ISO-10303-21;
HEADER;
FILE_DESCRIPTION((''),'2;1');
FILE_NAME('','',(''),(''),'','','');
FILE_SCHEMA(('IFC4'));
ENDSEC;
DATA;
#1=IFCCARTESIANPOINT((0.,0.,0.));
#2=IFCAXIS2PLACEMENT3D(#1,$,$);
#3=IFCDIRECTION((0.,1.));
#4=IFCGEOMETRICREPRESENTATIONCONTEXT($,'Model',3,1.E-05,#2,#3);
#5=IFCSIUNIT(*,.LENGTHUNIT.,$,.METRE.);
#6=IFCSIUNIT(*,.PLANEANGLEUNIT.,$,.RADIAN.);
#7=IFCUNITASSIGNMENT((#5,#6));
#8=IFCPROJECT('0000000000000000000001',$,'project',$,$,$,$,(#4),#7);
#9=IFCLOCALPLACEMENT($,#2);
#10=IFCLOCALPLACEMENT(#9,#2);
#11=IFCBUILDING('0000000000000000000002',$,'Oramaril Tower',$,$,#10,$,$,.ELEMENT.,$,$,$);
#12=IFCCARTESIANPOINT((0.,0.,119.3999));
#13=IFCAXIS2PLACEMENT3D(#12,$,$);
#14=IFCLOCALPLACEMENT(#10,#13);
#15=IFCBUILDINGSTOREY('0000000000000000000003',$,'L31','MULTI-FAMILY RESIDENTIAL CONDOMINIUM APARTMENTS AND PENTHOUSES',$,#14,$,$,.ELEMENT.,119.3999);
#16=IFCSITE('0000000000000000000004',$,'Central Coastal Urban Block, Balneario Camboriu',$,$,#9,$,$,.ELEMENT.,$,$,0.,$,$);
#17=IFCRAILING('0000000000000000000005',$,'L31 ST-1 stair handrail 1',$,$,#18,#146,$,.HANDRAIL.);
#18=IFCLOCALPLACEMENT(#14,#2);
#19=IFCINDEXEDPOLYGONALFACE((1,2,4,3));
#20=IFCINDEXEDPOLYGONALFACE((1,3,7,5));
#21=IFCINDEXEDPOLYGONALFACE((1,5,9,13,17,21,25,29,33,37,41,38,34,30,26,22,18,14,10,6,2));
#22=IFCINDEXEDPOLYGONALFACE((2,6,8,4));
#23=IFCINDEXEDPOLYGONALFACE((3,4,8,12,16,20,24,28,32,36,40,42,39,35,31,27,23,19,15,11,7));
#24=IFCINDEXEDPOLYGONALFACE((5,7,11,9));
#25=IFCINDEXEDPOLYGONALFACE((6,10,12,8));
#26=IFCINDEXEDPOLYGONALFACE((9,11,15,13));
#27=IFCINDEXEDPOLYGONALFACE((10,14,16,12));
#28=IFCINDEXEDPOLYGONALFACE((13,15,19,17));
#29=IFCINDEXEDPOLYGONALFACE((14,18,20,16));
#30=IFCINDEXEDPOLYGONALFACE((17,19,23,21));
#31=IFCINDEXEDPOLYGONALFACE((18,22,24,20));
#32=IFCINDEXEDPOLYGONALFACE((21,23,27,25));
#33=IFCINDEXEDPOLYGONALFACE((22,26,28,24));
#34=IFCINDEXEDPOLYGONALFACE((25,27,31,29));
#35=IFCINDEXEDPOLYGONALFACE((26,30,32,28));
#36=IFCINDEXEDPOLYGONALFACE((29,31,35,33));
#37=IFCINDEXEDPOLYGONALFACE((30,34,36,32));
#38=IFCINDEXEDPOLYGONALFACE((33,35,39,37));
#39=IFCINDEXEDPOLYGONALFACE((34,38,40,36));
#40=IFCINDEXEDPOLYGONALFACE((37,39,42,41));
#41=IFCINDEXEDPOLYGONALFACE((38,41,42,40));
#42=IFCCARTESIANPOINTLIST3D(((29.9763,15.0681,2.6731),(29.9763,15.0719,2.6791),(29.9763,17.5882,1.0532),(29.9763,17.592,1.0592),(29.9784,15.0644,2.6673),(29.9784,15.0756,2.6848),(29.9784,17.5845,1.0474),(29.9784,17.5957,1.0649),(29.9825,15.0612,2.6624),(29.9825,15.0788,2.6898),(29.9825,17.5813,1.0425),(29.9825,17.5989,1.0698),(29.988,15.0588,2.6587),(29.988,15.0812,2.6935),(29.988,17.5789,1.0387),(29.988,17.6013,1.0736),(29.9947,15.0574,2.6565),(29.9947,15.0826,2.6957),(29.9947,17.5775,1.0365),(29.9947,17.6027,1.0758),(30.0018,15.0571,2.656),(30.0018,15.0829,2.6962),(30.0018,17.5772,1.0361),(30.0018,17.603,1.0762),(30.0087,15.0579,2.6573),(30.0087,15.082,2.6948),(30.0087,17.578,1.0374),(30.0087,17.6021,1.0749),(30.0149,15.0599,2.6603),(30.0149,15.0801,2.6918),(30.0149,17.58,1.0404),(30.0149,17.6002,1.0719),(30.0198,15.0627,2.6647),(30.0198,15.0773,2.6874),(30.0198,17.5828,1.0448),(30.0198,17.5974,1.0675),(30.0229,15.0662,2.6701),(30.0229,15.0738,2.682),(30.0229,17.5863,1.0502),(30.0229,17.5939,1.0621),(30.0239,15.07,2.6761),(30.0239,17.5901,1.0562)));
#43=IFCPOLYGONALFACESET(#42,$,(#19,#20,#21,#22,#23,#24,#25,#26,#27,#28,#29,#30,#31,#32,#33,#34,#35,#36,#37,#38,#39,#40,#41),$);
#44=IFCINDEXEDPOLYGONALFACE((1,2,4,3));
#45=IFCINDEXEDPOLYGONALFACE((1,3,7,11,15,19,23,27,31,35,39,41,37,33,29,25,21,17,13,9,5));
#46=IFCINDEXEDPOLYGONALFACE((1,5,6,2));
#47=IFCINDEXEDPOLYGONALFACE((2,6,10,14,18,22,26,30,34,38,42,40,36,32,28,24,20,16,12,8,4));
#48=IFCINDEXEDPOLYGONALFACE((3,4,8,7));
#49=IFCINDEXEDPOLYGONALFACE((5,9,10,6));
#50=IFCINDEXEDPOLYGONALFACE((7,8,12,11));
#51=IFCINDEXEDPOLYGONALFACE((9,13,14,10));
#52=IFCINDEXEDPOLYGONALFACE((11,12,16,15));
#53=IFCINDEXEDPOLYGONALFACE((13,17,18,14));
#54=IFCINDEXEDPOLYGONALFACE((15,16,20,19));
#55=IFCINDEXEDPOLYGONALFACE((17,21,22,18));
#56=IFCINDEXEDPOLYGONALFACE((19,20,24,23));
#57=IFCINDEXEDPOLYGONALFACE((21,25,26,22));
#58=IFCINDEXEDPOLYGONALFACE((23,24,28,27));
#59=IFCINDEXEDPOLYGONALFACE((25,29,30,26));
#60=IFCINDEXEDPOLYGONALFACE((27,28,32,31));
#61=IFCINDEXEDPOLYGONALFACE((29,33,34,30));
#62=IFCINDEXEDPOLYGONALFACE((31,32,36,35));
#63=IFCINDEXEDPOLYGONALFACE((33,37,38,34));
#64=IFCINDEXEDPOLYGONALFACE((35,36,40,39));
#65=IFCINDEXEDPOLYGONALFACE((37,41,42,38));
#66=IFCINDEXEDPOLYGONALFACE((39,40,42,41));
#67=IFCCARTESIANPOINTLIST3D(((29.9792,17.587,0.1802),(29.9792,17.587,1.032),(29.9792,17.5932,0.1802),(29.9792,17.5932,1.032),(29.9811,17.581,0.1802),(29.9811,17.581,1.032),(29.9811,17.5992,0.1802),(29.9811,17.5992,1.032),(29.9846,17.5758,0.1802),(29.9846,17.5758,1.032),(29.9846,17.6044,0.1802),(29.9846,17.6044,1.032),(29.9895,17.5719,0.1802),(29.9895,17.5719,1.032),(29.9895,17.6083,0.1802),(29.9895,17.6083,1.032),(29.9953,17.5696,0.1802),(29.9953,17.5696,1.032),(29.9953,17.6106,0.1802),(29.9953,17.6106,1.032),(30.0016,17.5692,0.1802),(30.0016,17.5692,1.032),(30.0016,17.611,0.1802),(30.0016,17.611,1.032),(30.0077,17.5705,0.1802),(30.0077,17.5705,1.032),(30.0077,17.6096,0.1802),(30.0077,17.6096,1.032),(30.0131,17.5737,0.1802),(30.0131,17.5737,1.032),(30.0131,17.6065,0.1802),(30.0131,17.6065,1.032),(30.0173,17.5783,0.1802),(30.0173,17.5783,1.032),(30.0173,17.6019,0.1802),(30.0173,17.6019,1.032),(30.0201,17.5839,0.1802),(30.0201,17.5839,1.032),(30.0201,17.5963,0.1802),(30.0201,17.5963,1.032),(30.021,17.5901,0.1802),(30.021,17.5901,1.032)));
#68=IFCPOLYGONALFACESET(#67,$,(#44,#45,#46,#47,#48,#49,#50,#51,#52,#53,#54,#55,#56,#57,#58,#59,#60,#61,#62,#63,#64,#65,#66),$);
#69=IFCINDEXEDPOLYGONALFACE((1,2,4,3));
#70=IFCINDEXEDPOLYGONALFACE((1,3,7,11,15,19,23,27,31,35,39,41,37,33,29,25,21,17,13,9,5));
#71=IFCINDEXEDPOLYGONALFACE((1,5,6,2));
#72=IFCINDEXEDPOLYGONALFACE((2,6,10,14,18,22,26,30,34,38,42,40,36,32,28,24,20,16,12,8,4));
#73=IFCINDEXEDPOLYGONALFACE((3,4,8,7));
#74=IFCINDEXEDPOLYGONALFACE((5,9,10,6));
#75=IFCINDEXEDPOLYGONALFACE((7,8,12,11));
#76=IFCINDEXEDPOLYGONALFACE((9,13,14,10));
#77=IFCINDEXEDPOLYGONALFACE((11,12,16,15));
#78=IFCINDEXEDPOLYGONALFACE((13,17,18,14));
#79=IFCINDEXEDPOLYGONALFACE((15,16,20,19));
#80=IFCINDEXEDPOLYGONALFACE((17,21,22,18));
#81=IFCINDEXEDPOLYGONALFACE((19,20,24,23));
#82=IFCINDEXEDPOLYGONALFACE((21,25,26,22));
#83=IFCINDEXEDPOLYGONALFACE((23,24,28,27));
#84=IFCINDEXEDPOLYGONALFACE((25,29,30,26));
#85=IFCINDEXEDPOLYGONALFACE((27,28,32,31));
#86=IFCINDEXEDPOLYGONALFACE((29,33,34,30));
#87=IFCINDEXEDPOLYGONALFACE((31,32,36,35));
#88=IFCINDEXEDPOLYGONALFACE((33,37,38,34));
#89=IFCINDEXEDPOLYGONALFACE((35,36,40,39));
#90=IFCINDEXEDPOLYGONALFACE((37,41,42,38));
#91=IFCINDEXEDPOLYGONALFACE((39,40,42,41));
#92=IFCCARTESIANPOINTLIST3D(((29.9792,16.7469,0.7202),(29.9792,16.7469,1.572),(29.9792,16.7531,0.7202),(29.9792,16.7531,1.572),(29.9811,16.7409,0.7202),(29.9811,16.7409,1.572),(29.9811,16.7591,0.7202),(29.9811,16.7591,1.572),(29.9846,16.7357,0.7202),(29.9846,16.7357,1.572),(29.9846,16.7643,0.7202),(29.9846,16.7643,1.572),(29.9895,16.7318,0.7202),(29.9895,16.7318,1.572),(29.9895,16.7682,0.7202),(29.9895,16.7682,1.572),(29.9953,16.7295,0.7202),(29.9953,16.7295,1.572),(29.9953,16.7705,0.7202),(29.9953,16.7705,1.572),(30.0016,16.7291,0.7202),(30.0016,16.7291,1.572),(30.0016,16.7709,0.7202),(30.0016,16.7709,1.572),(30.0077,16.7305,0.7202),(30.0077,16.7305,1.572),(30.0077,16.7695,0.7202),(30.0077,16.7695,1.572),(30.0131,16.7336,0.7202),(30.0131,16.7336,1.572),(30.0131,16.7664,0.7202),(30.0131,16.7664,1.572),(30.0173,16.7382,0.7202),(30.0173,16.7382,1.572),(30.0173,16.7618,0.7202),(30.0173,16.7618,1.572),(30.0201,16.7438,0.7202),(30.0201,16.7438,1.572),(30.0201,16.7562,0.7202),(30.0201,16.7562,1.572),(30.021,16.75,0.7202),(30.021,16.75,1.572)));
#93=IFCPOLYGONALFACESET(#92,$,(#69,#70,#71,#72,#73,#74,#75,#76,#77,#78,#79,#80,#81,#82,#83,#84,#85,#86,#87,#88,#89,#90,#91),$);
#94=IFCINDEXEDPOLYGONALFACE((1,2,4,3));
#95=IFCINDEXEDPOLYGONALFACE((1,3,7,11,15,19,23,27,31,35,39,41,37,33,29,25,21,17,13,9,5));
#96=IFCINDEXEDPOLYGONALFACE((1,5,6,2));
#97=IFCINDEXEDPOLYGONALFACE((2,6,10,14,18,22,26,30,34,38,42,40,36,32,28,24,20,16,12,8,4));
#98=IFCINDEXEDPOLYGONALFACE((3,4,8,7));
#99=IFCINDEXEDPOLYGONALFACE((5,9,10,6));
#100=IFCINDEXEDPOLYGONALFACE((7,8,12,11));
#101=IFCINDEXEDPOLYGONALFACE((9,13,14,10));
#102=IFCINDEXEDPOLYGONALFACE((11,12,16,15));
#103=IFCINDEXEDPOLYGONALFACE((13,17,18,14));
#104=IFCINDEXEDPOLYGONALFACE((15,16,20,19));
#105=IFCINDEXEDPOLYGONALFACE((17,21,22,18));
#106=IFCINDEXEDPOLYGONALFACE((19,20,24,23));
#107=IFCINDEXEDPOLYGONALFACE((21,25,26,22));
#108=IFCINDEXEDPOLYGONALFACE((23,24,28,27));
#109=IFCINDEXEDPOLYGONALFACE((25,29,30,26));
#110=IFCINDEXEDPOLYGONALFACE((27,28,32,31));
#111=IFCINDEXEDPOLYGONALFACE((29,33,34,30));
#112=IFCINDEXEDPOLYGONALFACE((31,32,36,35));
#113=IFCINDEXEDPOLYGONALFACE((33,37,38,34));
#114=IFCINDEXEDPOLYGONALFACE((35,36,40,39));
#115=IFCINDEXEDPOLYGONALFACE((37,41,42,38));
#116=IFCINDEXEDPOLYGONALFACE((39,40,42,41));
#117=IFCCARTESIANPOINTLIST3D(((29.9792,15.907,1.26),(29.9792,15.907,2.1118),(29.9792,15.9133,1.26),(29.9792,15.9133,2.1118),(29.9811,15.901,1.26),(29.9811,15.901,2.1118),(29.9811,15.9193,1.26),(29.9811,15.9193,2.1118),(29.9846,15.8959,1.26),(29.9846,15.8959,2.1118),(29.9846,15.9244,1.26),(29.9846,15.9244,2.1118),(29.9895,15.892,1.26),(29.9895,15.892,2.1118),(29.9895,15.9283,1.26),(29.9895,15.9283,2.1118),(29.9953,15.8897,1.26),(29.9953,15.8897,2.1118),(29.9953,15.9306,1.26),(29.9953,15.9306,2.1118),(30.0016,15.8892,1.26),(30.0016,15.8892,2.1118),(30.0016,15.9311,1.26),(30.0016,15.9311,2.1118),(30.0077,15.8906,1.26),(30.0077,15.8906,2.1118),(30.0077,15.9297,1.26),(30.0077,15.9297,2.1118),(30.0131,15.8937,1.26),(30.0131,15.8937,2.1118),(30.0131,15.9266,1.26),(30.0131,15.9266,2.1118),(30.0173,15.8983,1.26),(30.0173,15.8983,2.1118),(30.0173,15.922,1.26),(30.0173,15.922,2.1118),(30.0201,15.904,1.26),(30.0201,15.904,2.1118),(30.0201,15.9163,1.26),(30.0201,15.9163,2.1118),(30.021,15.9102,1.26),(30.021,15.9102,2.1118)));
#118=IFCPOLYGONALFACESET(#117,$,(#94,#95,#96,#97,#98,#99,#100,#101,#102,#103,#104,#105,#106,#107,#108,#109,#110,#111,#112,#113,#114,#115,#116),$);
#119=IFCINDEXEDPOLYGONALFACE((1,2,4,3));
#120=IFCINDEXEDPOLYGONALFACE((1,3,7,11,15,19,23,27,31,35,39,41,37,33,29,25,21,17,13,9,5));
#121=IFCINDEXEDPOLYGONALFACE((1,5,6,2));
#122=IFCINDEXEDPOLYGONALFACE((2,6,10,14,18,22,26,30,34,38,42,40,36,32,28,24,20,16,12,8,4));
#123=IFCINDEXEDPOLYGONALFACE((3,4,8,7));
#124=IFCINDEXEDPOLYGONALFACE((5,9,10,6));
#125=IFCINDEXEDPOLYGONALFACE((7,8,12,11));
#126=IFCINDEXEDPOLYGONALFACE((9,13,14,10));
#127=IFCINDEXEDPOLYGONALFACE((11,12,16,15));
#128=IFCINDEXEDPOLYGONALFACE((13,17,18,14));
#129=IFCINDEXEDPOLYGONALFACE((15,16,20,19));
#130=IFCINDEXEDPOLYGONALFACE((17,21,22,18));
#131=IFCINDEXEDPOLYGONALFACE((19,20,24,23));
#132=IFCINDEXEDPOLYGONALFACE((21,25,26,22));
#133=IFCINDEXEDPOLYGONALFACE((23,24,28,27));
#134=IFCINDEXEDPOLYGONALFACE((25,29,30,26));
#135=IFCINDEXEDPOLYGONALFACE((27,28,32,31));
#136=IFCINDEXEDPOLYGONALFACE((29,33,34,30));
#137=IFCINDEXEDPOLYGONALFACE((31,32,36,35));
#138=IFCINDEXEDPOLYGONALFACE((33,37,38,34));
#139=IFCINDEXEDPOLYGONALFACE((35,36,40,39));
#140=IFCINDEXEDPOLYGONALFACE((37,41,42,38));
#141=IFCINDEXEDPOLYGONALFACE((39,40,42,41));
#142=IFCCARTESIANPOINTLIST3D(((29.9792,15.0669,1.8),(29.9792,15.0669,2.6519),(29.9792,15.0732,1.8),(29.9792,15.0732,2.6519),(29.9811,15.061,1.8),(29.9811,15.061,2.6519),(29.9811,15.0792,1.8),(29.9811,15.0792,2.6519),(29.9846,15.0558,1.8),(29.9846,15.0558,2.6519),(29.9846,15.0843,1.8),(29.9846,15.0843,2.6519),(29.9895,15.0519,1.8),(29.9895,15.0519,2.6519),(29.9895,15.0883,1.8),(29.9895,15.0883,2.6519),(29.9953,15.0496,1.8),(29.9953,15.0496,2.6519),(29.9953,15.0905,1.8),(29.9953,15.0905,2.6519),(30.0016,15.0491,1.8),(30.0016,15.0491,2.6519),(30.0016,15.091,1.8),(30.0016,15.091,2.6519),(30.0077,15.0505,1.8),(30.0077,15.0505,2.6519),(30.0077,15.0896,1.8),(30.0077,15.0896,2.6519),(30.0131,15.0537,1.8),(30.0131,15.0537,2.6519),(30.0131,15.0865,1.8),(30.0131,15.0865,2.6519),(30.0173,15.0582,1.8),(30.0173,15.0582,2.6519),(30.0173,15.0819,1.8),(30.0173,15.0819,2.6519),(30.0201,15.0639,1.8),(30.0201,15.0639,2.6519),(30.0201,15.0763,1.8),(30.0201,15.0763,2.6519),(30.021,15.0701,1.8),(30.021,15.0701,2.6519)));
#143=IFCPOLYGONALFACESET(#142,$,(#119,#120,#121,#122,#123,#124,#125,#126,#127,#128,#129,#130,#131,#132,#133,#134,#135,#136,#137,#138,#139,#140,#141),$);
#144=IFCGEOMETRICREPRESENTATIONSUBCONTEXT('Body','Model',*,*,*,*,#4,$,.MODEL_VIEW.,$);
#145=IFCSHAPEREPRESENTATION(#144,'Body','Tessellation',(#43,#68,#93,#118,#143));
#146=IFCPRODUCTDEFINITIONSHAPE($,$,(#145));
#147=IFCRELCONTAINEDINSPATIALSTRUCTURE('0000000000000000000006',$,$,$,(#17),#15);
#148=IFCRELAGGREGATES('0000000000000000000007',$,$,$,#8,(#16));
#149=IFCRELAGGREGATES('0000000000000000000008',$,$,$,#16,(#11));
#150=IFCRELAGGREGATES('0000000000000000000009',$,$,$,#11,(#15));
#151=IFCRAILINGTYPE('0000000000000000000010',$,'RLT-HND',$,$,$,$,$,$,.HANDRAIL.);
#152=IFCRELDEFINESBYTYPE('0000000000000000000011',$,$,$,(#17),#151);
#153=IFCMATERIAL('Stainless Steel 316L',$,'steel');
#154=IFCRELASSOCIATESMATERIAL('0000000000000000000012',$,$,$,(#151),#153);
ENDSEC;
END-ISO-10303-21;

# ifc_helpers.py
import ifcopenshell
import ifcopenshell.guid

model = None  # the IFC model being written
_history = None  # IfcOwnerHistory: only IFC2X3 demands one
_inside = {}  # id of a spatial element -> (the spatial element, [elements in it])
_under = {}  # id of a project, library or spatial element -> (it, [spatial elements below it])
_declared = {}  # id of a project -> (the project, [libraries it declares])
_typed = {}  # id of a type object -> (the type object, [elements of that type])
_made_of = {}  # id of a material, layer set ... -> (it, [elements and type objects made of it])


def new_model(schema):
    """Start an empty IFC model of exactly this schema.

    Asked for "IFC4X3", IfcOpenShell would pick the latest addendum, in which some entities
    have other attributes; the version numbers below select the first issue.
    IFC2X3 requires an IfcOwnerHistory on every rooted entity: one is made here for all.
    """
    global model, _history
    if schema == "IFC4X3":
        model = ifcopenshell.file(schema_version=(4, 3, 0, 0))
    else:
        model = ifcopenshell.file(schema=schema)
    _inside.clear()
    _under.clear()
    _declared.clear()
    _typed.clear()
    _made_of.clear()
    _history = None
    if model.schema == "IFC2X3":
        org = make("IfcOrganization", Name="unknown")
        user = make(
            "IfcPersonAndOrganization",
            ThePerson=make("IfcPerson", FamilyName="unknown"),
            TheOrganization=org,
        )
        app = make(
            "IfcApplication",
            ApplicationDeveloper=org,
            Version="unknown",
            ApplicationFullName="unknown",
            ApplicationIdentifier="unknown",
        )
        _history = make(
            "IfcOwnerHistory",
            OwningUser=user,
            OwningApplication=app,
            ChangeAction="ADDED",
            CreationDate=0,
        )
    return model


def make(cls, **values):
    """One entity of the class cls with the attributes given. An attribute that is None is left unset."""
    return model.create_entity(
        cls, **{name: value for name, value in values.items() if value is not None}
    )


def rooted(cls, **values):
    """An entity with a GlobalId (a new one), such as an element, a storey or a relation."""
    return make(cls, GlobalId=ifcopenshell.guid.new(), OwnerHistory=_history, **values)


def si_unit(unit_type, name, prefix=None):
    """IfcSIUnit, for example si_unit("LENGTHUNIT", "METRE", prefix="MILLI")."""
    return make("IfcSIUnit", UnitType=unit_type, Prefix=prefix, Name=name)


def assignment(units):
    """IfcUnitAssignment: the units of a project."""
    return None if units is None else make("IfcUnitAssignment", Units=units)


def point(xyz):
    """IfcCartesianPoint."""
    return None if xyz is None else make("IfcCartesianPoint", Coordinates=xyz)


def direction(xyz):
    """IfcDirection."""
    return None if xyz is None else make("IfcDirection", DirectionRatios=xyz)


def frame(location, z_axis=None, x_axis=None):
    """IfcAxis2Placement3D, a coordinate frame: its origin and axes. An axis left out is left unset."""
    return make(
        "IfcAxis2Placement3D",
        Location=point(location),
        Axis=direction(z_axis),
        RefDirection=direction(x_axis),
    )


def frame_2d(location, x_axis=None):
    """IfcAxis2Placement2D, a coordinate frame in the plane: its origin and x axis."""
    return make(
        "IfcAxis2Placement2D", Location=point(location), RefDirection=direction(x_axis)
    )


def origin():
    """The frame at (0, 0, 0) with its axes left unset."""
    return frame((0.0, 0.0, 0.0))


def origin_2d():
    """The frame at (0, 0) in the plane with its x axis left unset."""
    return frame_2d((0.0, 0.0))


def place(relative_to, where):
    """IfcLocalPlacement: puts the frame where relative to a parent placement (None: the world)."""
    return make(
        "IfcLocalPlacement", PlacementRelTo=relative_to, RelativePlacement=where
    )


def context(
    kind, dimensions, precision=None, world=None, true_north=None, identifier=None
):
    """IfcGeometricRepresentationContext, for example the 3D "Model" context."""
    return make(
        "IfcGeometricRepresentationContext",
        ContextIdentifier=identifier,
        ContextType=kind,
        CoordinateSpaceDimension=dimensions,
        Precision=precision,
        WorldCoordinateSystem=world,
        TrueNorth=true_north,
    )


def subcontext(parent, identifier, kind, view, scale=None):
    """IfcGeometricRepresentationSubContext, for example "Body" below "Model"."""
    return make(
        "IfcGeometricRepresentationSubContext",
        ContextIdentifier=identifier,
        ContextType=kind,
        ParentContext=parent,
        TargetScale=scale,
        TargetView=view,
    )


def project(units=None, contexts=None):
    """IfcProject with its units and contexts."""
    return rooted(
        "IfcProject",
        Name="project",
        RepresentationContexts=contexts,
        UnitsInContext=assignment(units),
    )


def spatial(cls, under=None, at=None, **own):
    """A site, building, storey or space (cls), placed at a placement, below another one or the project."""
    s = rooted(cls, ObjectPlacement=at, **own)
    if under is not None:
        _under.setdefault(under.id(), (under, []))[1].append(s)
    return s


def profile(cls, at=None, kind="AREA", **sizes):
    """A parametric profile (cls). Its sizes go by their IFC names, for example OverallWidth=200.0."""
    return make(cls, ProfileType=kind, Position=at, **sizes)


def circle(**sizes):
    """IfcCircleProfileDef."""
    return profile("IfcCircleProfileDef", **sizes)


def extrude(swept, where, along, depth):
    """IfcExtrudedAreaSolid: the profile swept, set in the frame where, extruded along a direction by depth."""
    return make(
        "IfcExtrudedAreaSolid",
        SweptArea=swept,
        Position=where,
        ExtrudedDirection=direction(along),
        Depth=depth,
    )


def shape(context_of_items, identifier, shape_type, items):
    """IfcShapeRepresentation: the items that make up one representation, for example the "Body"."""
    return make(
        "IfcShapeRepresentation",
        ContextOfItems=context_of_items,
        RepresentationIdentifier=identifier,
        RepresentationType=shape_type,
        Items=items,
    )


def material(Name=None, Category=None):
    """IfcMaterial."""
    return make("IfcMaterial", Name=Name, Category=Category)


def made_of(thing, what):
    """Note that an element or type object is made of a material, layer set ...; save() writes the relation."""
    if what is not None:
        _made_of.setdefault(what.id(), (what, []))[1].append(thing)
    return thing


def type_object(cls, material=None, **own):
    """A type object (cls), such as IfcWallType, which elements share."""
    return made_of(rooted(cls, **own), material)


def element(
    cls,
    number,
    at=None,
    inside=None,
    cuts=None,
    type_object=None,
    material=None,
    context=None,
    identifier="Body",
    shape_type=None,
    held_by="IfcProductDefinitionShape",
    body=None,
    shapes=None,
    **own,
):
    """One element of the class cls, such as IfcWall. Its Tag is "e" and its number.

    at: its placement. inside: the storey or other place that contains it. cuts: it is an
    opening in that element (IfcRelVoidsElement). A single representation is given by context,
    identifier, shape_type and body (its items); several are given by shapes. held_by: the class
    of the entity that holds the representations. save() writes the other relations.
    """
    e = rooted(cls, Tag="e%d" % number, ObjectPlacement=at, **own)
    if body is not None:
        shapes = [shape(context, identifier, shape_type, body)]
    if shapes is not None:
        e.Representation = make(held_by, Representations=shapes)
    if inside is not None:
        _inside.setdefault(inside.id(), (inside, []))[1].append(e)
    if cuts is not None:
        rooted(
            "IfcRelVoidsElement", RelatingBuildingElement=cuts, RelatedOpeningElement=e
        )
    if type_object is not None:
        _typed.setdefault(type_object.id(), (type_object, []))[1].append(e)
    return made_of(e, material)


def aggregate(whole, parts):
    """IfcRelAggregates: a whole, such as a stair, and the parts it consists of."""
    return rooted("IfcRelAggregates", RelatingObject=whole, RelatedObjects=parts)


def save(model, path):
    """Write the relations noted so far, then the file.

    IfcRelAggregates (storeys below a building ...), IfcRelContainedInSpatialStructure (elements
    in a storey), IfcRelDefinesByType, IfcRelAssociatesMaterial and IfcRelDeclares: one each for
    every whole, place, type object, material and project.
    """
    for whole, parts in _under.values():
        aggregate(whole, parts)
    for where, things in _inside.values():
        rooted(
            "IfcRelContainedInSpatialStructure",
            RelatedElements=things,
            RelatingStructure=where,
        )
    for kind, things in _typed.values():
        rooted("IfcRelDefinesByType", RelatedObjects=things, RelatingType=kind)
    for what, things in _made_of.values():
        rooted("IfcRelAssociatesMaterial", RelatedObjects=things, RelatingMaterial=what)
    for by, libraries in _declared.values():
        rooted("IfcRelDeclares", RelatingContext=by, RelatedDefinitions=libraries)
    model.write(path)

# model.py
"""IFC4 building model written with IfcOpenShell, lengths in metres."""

from ifc_helpers import new_model, si_unit, direction, frame, origin, origin_2d, place, context, subcontext, project, spatial, circle, extrude, material, type_object, element, save


model = new_model("IFC4")

# Units and contexts
model_context = context("Model", 3, precision=1e-05, world=origin(), true_north=direction((0.0, 1.0)))
body_context = subcontext(model_context, "Body", "Model", "MODEL_VIEW")
ifc_project = project(units=[si_unit("LENGTHUNIT", "METRE"), si_unit("PLANEANGLEUNIT", "RADIAN")], contexts=[model_context])

# Site, building, storey
site_placement = place(None, origin())
site = spatial("IfcSite", under=ifc_project, at=site_placement, Name="Central Coastal Urban Block, Balneario Camboriu", CompositionType="ELEMENT", RefElevation=0.0)
building_placement = place(site_placement, origin())
building = spatial("IfcBuilding", under=site, at=building_placement, Name="Oramaril Tower", CompositionType="ELEMENT")
storey_placement = place(building_placement, frame((0.0, 0.0, 119.3999)))
storey = spatial("IfcBuildingStorey", under=building, at=storey_placement, Name="L31", Description="MULTI-FAMILY RESIDENTIAL CONDOMINIUM APARTMENTS AND PENTHOUSES", CompositionType="ELEMENT", Elevation=119.3999)

# Railing
ifc_material_1 = material(Name="Stainless Steel 316L", Category="steel")
railing_type_1 = type_object("IfcRailingType", Name="RLT-HND", PredefinedType="HANDRAIL", material=ifc_material_1)
railing_1_placement = place(storey_placement, frame((30.0, 17.5901, 0.1802)))
element("IfcRailing", 1, at=railing_1_placement, inside=storey, type_object=railing_type_1, Name="L31 ST-1 stair handrail 1", PredefinedType="HANDRAIL", context=body_context, shape_type="SweptSolid", body=[
    extrude(circle(Radius=0.0239, at=origin_2d()), frame((0.0, 0.0, 0.876), z_axis=(0.0, -0.8412, 0.540725), x_axis=(1.0, 0.0, 0.0)), (0.0, 0.0, 1.0), 2.9958),
    extrude(circle(Radius=0.021, at=origin_2d()), origin(), (0.0, 0.0, 1.0), 0.8518),
    extrude(circle(Radius=0.021, at=origin_2d()), frame((0.0, -0.8401, 0.54)), (0.0, 0.0, 1.0), 0.8518),
    extrude(circle(Radius=0.021, at=origin_2d()), frame((0.0, -1.6799, 1.0798)), (0.0, 0.0, 1.0), 0.8518),
    extrude(circle(Radius=0.021, at=origin_2d()), frame((0.0, -2.52, 1.6199)), (0.0, 0.0, 1.0), 0.8518),
])

save(model, "model.ifc")
